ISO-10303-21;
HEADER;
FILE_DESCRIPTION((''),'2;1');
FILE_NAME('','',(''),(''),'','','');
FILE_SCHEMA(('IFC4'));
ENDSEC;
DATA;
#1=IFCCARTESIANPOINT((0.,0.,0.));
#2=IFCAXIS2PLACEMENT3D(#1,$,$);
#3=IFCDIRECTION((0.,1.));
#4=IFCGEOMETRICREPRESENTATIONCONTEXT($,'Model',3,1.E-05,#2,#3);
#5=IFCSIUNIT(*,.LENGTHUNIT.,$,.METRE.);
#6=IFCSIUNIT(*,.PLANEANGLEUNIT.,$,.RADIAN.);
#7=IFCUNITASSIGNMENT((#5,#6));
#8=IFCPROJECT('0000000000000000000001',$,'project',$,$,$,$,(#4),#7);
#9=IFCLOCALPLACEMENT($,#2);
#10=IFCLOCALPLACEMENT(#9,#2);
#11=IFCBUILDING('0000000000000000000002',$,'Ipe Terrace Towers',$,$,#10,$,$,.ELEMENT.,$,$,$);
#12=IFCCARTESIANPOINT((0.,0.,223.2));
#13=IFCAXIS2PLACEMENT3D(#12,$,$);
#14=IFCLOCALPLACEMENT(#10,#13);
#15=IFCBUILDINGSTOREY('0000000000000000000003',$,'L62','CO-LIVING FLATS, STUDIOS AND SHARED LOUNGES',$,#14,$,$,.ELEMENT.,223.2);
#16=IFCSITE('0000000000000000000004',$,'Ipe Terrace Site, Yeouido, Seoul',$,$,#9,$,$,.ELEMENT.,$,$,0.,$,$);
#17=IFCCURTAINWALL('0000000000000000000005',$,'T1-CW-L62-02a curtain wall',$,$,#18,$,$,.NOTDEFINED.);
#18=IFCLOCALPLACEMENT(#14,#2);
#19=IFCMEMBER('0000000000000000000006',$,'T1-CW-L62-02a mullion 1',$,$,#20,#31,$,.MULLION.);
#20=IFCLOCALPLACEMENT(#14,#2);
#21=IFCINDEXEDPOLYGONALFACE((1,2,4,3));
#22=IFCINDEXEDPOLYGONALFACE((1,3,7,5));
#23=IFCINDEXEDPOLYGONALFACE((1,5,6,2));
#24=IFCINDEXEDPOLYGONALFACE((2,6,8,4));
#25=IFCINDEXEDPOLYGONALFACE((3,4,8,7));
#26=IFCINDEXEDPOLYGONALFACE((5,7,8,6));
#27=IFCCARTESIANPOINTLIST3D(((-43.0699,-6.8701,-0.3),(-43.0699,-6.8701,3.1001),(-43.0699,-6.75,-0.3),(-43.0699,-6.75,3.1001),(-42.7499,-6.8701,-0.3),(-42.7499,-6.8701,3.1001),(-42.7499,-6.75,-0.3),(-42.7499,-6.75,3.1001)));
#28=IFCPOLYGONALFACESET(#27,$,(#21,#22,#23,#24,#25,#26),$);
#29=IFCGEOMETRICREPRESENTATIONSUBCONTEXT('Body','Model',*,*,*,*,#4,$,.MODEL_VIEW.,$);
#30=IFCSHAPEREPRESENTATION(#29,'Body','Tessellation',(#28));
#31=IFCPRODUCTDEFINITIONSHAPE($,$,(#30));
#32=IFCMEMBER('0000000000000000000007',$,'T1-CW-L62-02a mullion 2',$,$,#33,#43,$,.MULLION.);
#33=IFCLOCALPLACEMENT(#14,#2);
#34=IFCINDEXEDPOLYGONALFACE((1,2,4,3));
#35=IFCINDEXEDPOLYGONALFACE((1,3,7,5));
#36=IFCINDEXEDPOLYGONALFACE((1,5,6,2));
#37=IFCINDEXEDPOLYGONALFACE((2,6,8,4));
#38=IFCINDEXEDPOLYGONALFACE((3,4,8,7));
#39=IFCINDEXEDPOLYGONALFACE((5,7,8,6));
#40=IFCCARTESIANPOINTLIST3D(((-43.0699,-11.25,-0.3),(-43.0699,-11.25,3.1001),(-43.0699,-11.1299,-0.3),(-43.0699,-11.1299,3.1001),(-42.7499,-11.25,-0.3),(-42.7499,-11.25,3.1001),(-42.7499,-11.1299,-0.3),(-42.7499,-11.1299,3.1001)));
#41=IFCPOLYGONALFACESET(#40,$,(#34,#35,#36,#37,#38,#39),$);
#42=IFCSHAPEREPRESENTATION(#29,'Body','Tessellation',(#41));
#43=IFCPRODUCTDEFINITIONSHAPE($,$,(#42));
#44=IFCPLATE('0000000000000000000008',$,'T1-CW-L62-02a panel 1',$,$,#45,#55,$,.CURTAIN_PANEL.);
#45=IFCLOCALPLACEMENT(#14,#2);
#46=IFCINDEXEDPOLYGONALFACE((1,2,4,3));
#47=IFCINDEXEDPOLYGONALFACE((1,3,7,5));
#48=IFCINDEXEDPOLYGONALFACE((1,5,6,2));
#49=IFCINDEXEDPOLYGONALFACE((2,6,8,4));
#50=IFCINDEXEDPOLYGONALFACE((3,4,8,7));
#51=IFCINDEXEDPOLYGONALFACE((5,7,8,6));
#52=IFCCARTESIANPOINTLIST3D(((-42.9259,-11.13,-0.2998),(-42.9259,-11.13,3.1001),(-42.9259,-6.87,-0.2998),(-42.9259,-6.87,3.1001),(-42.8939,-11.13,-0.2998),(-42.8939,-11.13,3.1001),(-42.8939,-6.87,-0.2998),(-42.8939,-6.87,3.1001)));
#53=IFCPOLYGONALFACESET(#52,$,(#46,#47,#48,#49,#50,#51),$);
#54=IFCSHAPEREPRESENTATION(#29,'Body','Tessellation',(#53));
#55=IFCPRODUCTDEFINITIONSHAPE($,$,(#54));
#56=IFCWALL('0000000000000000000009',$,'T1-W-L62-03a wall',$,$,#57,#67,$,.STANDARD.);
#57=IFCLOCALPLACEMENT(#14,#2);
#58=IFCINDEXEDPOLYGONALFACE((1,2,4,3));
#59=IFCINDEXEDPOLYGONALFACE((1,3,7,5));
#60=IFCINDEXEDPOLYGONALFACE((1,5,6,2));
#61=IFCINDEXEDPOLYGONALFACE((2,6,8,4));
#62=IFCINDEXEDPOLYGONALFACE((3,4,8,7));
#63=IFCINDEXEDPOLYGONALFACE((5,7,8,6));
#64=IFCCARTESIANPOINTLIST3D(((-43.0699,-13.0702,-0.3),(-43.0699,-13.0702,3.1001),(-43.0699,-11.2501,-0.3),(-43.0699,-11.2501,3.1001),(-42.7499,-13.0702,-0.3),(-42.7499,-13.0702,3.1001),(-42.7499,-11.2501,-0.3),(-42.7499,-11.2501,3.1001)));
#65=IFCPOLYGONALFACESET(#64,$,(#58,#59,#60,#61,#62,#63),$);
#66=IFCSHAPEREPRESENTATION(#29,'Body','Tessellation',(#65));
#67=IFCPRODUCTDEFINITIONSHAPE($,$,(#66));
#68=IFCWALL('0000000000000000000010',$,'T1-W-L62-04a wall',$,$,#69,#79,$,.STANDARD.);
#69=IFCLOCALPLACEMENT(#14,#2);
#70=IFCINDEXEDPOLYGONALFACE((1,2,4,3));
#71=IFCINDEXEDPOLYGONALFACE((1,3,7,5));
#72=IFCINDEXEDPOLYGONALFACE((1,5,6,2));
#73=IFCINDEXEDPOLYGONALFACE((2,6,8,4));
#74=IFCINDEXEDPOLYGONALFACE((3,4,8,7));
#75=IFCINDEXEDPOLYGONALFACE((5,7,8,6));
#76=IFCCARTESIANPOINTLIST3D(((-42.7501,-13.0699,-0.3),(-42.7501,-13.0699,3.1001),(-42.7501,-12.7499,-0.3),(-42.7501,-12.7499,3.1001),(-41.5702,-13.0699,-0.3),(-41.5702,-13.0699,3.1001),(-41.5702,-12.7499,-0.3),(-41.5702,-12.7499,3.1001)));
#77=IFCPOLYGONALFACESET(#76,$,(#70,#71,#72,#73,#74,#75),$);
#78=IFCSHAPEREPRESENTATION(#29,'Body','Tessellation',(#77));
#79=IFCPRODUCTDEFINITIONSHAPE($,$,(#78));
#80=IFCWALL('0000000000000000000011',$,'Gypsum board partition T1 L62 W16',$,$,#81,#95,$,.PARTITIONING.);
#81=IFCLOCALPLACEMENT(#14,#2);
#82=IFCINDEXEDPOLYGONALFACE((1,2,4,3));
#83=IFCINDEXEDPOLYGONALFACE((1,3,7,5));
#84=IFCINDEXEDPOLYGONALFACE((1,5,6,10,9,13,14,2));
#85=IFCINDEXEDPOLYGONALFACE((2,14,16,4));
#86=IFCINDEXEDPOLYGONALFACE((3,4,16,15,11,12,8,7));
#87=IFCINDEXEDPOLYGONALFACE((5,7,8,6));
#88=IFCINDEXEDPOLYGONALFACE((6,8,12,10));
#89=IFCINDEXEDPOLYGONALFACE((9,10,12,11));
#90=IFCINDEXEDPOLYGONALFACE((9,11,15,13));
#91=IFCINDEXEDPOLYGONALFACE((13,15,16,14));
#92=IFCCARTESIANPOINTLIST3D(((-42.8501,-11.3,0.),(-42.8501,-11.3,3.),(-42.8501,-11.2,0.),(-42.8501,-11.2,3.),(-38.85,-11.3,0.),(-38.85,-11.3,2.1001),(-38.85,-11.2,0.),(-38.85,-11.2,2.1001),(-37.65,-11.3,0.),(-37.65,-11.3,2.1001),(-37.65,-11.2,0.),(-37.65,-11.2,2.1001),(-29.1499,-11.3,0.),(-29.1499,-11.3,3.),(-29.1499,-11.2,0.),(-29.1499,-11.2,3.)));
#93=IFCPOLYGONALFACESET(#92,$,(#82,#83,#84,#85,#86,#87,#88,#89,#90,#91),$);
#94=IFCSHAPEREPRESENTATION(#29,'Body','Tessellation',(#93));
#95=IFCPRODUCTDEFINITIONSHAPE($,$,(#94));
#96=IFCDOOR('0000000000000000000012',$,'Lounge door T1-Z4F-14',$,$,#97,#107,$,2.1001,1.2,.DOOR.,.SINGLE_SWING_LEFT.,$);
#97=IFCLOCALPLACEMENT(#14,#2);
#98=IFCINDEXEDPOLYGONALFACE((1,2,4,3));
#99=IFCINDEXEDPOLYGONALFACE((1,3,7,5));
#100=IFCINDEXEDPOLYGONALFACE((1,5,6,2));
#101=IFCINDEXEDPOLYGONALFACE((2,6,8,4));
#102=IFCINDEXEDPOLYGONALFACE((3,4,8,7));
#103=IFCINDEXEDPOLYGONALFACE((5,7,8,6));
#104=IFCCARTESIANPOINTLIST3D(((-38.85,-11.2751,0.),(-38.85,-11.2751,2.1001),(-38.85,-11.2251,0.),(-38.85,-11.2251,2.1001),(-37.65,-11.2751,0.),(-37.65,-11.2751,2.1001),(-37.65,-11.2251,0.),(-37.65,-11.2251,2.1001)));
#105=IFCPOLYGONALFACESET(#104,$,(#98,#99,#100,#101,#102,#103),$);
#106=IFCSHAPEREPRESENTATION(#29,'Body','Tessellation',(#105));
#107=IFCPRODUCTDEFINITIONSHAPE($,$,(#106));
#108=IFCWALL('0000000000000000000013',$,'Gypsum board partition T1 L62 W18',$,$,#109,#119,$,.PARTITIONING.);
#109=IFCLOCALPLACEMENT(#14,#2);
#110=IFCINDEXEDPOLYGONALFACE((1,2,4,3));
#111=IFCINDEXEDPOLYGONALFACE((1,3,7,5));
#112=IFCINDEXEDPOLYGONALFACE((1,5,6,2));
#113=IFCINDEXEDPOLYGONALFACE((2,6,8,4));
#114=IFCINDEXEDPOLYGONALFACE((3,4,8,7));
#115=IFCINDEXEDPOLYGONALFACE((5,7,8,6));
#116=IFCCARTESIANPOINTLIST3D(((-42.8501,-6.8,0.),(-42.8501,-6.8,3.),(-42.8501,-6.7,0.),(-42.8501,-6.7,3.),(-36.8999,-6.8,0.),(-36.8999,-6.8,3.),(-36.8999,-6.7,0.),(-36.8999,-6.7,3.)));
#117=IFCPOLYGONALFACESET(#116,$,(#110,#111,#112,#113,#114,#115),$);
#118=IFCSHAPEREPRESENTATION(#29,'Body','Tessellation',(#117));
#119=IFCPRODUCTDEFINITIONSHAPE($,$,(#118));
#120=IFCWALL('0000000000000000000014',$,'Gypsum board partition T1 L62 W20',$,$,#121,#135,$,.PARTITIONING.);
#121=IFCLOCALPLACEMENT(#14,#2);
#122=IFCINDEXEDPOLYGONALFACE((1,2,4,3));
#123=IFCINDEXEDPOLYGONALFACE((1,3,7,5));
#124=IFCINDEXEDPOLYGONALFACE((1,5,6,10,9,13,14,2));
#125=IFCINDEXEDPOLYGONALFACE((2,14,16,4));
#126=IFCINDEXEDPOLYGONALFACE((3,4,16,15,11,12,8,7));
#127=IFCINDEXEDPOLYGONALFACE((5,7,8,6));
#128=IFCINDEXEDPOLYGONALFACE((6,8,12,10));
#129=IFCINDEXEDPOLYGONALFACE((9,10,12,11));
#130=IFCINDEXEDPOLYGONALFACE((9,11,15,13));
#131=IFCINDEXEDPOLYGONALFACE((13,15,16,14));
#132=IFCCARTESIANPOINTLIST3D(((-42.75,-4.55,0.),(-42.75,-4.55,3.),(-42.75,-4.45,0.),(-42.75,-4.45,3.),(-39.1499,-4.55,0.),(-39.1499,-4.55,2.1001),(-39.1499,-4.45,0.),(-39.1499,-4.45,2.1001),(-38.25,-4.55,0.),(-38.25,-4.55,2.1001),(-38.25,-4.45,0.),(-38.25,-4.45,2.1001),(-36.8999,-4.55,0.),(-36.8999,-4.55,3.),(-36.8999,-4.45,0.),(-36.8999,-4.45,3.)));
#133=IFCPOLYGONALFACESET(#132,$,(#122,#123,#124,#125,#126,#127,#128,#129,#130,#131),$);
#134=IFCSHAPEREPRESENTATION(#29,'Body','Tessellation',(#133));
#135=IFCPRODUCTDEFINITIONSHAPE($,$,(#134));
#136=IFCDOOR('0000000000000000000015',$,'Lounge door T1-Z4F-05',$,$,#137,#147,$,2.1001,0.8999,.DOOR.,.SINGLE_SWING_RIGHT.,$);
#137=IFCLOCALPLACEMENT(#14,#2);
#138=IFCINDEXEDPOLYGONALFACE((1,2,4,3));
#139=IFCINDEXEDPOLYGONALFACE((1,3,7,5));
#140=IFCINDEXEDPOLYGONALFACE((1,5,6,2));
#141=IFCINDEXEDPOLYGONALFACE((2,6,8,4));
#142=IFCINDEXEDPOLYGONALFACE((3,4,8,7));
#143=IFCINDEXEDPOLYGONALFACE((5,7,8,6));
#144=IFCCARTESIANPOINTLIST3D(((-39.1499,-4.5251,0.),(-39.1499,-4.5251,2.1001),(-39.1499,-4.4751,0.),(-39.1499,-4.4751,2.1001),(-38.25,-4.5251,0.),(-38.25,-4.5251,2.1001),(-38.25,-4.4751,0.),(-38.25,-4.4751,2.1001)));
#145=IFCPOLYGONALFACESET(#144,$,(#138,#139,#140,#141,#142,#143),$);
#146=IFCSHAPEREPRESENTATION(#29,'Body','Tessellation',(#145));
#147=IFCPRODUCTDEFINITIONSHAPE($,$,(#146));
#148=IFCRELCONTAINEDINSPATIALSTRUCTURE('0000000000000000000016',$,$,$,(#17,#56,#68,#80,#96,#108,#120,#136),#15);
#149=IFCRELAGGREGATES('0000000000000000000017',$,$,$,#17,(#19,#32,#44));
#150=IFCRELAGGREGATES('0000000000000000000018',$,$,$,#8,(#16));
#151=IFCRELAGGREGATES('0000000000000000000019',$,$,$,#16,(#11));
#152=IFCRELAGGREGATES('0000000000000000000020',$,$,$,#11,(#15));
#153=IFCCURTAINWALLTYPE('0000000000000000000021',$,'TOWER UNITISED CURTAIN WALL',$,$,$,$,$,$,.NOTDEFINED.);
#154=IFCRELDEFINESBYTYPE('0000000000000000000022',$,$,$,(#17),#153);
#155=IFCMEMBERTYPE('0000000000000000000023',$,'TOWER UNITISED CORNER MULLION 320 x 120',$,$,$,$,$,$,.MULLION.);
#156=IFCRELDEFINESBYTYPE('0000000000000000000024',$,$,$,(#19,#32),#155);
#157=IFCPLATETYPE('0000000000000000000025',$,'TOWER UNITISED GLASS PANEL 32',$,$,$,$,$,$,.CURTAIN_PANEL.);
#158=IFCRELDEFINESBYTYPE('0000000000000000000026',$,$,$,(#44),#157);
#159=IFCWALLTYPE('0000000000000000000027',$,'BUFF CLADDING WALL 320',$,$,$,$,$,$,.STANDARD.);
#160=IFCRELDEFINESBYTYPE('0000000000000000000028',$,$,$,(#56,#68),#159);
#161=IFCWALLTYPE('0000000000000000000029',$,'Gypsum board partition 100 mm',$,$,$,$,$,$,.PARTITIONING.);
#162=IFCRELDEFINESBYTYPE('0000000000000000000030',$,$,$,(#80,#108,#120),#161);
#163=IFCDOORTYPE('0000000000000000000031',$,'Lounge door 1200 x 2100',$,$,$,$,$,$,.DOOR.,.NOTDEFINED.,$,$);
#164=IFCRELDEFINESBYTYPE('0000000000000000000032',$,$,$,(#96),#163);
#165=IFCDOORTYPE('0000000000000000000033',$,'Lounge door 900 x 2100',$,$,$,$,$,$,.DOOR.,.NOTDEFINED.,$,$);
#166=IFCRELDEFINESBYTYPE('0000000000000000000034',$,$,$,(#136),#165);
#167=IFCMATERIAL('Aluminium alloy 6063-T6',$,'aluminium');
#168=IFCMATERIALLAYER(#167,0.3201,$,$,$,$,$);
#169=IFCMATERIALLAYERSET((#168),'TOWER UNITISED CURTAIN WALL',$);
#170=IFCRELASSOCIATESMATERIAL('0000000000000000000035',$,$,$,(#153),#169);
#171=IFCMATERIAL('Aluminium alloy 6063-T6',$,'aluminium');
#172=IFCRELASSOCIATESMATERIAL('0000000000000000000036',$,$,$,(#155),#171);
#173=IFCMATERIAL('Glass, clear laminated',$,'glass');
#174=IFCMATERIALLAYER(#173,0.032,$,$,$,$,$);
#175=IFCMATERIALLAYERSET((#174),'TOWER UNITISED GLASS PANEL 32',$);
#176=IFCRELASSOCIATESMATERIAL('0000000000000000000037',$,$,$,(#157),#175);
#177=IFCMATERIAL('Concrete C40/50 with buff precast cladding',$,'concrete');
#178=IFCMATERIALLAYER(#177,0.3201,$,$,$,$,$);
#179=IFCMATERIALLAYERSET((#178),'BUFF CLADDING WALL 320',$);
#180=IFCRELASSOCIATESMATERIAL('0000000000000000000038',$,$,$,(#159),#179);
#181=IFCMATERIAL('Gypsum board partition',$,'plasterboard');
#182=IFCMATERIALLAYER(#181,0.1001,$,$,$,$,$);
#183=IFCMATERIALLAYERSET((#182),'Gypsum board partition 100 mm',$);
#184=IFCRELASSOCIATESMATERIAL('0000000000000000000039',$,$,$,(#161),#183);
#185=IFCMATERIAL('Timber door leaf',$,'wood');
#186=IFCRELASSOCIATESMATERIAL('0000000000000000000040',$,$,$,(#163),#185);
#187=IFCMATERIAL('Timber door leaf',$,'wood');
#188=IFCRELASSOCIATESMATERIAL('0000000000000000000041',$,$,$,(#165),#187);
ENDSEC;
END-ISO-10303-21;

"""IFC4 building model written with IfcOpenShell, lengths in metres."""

from ifc_helpers import new_model, si_unit, direction, frame, frame_2d, origin, origin_2d, place, context, subcontext, project, spatial, rectangle, extrude, material, layer, layer_set, material_profile, profile_set, type_object, element, fill, aggregate, save


model = new_model("IFC4")

# Units and contexts
model_context = context("Model", 3, precision=1e-05, world=origin(), true_north=direction((0.0, 1.0)))
body_context = subcontext(model_context, "Body", "Model", "MODEL_VIEW")
ifc_project = project(units=[si_unit("LENGTHUNIT", "METRE"), si_unit("PLANEANGLEUNIT", "RADIAN")], contexts=[model_context])

# Site, building, storey
site_placement = place(None, origin())
site = spatial("IfcSite", under=ifc_project, at=site_placement, Name="Ipe Terrace Site, Yeouido, Seoul", CompositionType="ELEMENT", RefElevation=0.0)
building_placement = place(site_placement, origin())
building = spatial("IfcBuilding", under=site, at=building_placement, Name="Ipe Terrace Towers", CompositionType="ELEMENT")
storey_placement = place(building_placement, frame((0.0, 0.0, 223.2)))
storey = spatial("IfcBuildingStorey", under=building, at=storey_placement, Name="L62", Description="CO-LIVING FLATS, STUDIOS AND SHARED LOUNGES", CompositionType="ELEMENT", Elevation=223.2)

# Curtain wall, members, plate
ifc_material_1 = material(Name="Aluminium alloy 6063-T6", Category="aluminium")
ifc_layer_1 = layer(ifc_material_1, 0.3201)
ifc_layer_set_1 = layer_set([ifc_layer_1], Name="TOWER UNITISED CURTAIN WALL")
curtain_wall_type = type_object("IfcCurtainWallType", Name="TOWER UNITISED CURTAIN WALL", PredefinedType="NOTDEFINED", material=ifc_layer_set_1)
curtain_wall_placement = place(storey_placement, origin())
curtain_wall = element("IfcCurtainWall", 1, at=curtain_wall_placement, inside=storey, type_object=curtain_wall_type, Name="T1-CW-L62-02a curtain wall", PredefinedType="NOTDEFINED")
ifc_material_2 = material(Name="Aluminium alloy 6063-T6", Category="aluminium")
ifc_material_profile_1 = material_profile(ifc_material_2, rectangle(XDim=0.3201, YDim=0.1201, at=origin_2d()), Name="TOWER UNITISED CORNER MULLION 320 x 120")
ifc_profile_set_1 = profile_set([ifc_material_profile_1], Name="Aluminium alloy 6063-T6")
member_type = type_object("IfcMemberType", Name="TOWER UNITISED CORNER MULLION 320 x 120", PredefinedType="MULLION", material=ifc_profile_set_1)
member_1_placement = place(storey_placement, frame((-42.9099, -6.8101, -0.3), z_axis=(0.0, 0.0, 1.0), x_axis=(-1.0, 0.0, 0.0)))
member_1 = element("IfcMember", 2, at=member_1_placement, type_object=member_type, Name="T1-CW-L62-02a mullion 1", PredefinedType="MULLION", context=body_context, shape_type="SweptSolid", body=[
    extrude(rectangle(XDim=0.3201, YDim=0.1201, at=origin_2d()), origin(), (0.0, 0.0, 1.0), 3.4001),
])
member_2_placement = place(storey_placement, frame((-42.9099, -11.1899, -0.3), z_axis=(0.0, 0.0, 1.0), x_axis=(-1.0, 0.0, 0.0)))
member_2 = element("IfcMember", 3, at=member_2_placement, type_object=member_type, Name="T1-CW-L62-02a mullion 2", PredefinedType="MULLION", context=body_context, shape_type="SweptSolid", body=[
    extrude(rectangle(XDim=0.3201, YDim=0.1201, at=origin_2d()), origin(), (0.0, 0.0, 1.0), 3.4001),
])
ifc_material_3 = material(Name="Glass, clear laminated", Category="glass")
ifc_layer_2 = layer(ifc_material_3, 0.032)
ifc_layer_set_2 = layer_set([ifc_layer_2], Name="TOWER UNITISED GLASS PANEL 32")
plate_type = type_object("IfcPlateType", Name="TOWER UNITISED GLASS PANEL 32", PredefinedType="CURTAIN_PANEL", material=ifc_layer_set_2)
plate_placement = place(storey_placement, frame((-42.9099, -9.0, -0.2998), z_axis=(0.0, 0.0, 1.0), x_axis=(0.0, -1.0, 0.0)))
plate = element("IfcPlate", 4, at=plate_placement, type_object=plate_type, Name="T1-CW-L62-02a panel 1", PredefinedType="CURTAIN_PANEL", context=body_context, shape_type="SweptSolid", body=[
    extrude(rectangle(XDim=4.26, YDim=0.032, at=origin_2d()), origin(), (0.0, 0.0, 1.0), 3.3999),
])
aggregate(curtain_wall, [member_1, member_2, plate])

# Walls
ifc_material_4 = material(Name="Concrete C40/50 with buff precast cladding", Category="concrete")
ifc_layer_3 = layer(ifc_material_4, 0.3201)
ifc_layer_set_3 = layer_set([ifc_layer_3], Name="BUFF CLADDING WALL 320")
wall_type_1 = type_object("IfcWallType", Name="BUFF CLADDING WALL 320", PredefinedType="STANDARD", material=ifc_layer_set_3)
wall_1_placement = place(storey_placement, frame((-42.9099, -11.25, -0.3), z_axis=(0.0, 0.0, 1.0), x_axis=(0.0, -1.0, 0.0)))
element("IfcWall", 5, at=wall_1_placement, inside=storey, type_object=wall_type_1, Name="T1-W-L62-03a wall", PredefinedType="STANDARD", context=body_context, shape_type="SweptSolid", body=[
    extrude(rectangle(XDim=1.8201, YDim=0.3201, at=frame_2d((0.9102, 0.0))), origin(), (0.0, 0.0, 1.0), 3.4001),
])
wall_2_placement = place(storey_placement, frame((-42.75, -12.9099, -0.3), z_axis=(0.0, 0.0, 1.0), x_axis=(1.0, 0.0, 0.0)))
element("IfcWall", 6, at=wall_2_placement, inside=storey, type_object=wall_type_1, Name="T1-W-L62-04a wall", PredefinedType="STANDARD", context=body_context, shape_type="SweptSolid", body=[
    extrude(rectangle(XDim=1.1799, YDim=0.3201, at=frame_2d((0.5898, 0.0))), origin(), (0.0, 0.0, 1.0), 3.4001),
])

# Wall, opening, door
ifc_material_5 = material(Name="Gypsum board partition", Category="plasterboard")
ifc_layer_4 = layer(ifc_material_5, 0.1001)
ifc_layer_set_4 = layer_set([ifc_layer_4], Name="Gypsum board partition 100 mm")
wall_type_2 = type_object("IfcWallType", Name="Gypsum board partition 100 mm", PredefinedType="PARTITIONING", material=ifc_layer_set_4)
wall_3_placement = place(storey_placement, frame((-42.8501, -11.25, 0.0), z_axis=(0.0, 0.0, 1.0), x_axis=(1.0, 0.0, 0.0)))
wall_3 = element("IfcWall", 7, at=wall_3_placement, inside=storey, type_object=wall_type_2, Name="Gypsum board partition T1 L62 W16", PredefinedType="PARTITIONING", context=body_context, shape_type="SweptSolid", body=[
    extrude(rectangle(XDim=13.7002, YDim=0.1001, at=frame_2d((6.8501, 0.0))), origin(), (0.0, 0.0, 1.0), 3.0),
])
opening_1_placement = place(wall_3_placement, frame((4.0, 0.0, 0.0)))
opening_1 = element("IfcOpeningElement", 8, at=opening_1_placement, cuts=wall_3, PredefinedType="OPENING", context=body_context, shape_type="SweptSolid", body=[
    extrude(rectangle(XDim=1.2, YDim=2.1001, at=frame_2d((0.6001, 1.05))), frame((0.0, 0.0601, 0.0), z_axis=(0.0, -1.0, 0.0), x_axis=(1.0, 0.0, 0.0)), (0.0, 0.0, 1.0), 0.1201),
])
ifc_material_6 = material(Name="Timber door leaf", Category="wood")
door_type_1 = type_object("IfcDoorType", Name="Lounge door 1200 x 2100", OperationType="NOTDEFINED", PredefinedType="DOOR", material=ifc_material_6)
door_1_placement = place(opening_1_placement, origin())
door_1 = element("IfcDoor", 9, at=door_1_placement, inside=storey, type_object=door_type_1, Name="Lounge door T1-Z4F-14", OperationType="SINGLE_SWING_LEFT", OverallHeight=2.1001, OverallWidth=1.2, PredefinedType="DOOR", context=body_context, shape_type="SweptSolid", body=[
    extrude(rectangle(XDim=1.2, YDim=2.1001, at=frame_2d((0.6001, 1.05))), frame((0.0, 0.0249, 0.0), z_axis=(0.0, -1.0, 0.0), x_axis=(1.0, 0.0, 0.0)), (0.0, 0.0, 1.0), 0.05),
])
fill(opening_1, door_1)

# Wall
wall_4_placement = place(storey_placement, frame((-42.8501, -6.75, 0.0), z_axis=(0.0, 0.0, 1.0), x_axis=(1.0, 0.0, 0.0)))
element("IfcWall", 10, at=wall_4_placement, inside=storey, type_object=wall_type_2, Name="Gypsum board partition T1 L62 W18", PredefinedType="PARTITIONING", context=body_context, shape_type="SweptSolid", body=[
    extrude(rectangle(XDim=5.9502, YDim=0.1001, at=frame_2d((2.9751, 0.0))), origin(), (0.0, 0.0, 1.0), 3.0),
])

# Wall, opening, door
wall_5_placement = place(storey_placement, frame((-42.75, -4.5, 0.0), z_axis=(0.0, 0.0, 1.0), x_axis=(1.0, 0.0, 0.0)))
wall_5 = element("IfcWall", 11, at=wall_5_placement, inside=storey, type_object=wall_type_2, Name="Gypsum board partition T1 L62 W20", PredefinedType="PARTITIONING", context=body_context, shape_type="SweptSolid", body=[
    extrude(rectangle(XDim=5.8501, YDim=0.1001, at=frame_2d((2.925, 0.0))), origin(), (0.0, 0.0, 1.0), 3.0),
])
opening_2_placement = place(wall_5_placement, frame((3.6001, 0.0, 0.0)))
opening_2 = element("IfcOpeningElement", 12, at=opening_2_placement, cuts=wall_5, PredefinedType="OPENING", context=body_context, shape_type="SweptSolid", body=[
    extrude(rectangle(XDim=0.8999, YDim=2.1001, at=frame_2d((0.45, 1.05))), frame((0.0, 0.0601, 0.0), z_axis=(0.0, -1.0, 0.0), x_axis=(1.0, 0.0, 0.0)), (0.0, 0.0, 1.0), 0.1201),
])
ifc_material_7 = material(Name="Timber door leaf", Category="wood")
door_type_2 = type_object("IfcDoorType", Name="Lounge door 900 x 2100", OperationType="NOTDEFINED", PredefinedType="DOOR", material=ifc_material_7)
door_2_placement = place(opening_2_placement, origin())
door_2 = element("IfcDoor", 13, at=door_2_placement, inside=storey, type_object=door_type_2, Name="Lounge door T1-Z4F-05", OperationType="SINGLE_SWING_RIGHT", OverallHeight=2.1001, OverallWidth=0.8999, PredefinedType="DOOR", context=body_context, shape_type="SweptSolid", body=[
    extrude(rectangle(XDim=0.8999, YDim=2.1001, at=frame_2d((0.45, 1.05))), frame((0.0, 0.0249, 0.0), z_axis=(0.0, -1.0, 0.0), x_axis=(1.0, 0.0, 0.0)), (0.0, 0.0, 1.0), 0.05),
])
fill(opening_2, door_2)

save(model, "model.ifc")
